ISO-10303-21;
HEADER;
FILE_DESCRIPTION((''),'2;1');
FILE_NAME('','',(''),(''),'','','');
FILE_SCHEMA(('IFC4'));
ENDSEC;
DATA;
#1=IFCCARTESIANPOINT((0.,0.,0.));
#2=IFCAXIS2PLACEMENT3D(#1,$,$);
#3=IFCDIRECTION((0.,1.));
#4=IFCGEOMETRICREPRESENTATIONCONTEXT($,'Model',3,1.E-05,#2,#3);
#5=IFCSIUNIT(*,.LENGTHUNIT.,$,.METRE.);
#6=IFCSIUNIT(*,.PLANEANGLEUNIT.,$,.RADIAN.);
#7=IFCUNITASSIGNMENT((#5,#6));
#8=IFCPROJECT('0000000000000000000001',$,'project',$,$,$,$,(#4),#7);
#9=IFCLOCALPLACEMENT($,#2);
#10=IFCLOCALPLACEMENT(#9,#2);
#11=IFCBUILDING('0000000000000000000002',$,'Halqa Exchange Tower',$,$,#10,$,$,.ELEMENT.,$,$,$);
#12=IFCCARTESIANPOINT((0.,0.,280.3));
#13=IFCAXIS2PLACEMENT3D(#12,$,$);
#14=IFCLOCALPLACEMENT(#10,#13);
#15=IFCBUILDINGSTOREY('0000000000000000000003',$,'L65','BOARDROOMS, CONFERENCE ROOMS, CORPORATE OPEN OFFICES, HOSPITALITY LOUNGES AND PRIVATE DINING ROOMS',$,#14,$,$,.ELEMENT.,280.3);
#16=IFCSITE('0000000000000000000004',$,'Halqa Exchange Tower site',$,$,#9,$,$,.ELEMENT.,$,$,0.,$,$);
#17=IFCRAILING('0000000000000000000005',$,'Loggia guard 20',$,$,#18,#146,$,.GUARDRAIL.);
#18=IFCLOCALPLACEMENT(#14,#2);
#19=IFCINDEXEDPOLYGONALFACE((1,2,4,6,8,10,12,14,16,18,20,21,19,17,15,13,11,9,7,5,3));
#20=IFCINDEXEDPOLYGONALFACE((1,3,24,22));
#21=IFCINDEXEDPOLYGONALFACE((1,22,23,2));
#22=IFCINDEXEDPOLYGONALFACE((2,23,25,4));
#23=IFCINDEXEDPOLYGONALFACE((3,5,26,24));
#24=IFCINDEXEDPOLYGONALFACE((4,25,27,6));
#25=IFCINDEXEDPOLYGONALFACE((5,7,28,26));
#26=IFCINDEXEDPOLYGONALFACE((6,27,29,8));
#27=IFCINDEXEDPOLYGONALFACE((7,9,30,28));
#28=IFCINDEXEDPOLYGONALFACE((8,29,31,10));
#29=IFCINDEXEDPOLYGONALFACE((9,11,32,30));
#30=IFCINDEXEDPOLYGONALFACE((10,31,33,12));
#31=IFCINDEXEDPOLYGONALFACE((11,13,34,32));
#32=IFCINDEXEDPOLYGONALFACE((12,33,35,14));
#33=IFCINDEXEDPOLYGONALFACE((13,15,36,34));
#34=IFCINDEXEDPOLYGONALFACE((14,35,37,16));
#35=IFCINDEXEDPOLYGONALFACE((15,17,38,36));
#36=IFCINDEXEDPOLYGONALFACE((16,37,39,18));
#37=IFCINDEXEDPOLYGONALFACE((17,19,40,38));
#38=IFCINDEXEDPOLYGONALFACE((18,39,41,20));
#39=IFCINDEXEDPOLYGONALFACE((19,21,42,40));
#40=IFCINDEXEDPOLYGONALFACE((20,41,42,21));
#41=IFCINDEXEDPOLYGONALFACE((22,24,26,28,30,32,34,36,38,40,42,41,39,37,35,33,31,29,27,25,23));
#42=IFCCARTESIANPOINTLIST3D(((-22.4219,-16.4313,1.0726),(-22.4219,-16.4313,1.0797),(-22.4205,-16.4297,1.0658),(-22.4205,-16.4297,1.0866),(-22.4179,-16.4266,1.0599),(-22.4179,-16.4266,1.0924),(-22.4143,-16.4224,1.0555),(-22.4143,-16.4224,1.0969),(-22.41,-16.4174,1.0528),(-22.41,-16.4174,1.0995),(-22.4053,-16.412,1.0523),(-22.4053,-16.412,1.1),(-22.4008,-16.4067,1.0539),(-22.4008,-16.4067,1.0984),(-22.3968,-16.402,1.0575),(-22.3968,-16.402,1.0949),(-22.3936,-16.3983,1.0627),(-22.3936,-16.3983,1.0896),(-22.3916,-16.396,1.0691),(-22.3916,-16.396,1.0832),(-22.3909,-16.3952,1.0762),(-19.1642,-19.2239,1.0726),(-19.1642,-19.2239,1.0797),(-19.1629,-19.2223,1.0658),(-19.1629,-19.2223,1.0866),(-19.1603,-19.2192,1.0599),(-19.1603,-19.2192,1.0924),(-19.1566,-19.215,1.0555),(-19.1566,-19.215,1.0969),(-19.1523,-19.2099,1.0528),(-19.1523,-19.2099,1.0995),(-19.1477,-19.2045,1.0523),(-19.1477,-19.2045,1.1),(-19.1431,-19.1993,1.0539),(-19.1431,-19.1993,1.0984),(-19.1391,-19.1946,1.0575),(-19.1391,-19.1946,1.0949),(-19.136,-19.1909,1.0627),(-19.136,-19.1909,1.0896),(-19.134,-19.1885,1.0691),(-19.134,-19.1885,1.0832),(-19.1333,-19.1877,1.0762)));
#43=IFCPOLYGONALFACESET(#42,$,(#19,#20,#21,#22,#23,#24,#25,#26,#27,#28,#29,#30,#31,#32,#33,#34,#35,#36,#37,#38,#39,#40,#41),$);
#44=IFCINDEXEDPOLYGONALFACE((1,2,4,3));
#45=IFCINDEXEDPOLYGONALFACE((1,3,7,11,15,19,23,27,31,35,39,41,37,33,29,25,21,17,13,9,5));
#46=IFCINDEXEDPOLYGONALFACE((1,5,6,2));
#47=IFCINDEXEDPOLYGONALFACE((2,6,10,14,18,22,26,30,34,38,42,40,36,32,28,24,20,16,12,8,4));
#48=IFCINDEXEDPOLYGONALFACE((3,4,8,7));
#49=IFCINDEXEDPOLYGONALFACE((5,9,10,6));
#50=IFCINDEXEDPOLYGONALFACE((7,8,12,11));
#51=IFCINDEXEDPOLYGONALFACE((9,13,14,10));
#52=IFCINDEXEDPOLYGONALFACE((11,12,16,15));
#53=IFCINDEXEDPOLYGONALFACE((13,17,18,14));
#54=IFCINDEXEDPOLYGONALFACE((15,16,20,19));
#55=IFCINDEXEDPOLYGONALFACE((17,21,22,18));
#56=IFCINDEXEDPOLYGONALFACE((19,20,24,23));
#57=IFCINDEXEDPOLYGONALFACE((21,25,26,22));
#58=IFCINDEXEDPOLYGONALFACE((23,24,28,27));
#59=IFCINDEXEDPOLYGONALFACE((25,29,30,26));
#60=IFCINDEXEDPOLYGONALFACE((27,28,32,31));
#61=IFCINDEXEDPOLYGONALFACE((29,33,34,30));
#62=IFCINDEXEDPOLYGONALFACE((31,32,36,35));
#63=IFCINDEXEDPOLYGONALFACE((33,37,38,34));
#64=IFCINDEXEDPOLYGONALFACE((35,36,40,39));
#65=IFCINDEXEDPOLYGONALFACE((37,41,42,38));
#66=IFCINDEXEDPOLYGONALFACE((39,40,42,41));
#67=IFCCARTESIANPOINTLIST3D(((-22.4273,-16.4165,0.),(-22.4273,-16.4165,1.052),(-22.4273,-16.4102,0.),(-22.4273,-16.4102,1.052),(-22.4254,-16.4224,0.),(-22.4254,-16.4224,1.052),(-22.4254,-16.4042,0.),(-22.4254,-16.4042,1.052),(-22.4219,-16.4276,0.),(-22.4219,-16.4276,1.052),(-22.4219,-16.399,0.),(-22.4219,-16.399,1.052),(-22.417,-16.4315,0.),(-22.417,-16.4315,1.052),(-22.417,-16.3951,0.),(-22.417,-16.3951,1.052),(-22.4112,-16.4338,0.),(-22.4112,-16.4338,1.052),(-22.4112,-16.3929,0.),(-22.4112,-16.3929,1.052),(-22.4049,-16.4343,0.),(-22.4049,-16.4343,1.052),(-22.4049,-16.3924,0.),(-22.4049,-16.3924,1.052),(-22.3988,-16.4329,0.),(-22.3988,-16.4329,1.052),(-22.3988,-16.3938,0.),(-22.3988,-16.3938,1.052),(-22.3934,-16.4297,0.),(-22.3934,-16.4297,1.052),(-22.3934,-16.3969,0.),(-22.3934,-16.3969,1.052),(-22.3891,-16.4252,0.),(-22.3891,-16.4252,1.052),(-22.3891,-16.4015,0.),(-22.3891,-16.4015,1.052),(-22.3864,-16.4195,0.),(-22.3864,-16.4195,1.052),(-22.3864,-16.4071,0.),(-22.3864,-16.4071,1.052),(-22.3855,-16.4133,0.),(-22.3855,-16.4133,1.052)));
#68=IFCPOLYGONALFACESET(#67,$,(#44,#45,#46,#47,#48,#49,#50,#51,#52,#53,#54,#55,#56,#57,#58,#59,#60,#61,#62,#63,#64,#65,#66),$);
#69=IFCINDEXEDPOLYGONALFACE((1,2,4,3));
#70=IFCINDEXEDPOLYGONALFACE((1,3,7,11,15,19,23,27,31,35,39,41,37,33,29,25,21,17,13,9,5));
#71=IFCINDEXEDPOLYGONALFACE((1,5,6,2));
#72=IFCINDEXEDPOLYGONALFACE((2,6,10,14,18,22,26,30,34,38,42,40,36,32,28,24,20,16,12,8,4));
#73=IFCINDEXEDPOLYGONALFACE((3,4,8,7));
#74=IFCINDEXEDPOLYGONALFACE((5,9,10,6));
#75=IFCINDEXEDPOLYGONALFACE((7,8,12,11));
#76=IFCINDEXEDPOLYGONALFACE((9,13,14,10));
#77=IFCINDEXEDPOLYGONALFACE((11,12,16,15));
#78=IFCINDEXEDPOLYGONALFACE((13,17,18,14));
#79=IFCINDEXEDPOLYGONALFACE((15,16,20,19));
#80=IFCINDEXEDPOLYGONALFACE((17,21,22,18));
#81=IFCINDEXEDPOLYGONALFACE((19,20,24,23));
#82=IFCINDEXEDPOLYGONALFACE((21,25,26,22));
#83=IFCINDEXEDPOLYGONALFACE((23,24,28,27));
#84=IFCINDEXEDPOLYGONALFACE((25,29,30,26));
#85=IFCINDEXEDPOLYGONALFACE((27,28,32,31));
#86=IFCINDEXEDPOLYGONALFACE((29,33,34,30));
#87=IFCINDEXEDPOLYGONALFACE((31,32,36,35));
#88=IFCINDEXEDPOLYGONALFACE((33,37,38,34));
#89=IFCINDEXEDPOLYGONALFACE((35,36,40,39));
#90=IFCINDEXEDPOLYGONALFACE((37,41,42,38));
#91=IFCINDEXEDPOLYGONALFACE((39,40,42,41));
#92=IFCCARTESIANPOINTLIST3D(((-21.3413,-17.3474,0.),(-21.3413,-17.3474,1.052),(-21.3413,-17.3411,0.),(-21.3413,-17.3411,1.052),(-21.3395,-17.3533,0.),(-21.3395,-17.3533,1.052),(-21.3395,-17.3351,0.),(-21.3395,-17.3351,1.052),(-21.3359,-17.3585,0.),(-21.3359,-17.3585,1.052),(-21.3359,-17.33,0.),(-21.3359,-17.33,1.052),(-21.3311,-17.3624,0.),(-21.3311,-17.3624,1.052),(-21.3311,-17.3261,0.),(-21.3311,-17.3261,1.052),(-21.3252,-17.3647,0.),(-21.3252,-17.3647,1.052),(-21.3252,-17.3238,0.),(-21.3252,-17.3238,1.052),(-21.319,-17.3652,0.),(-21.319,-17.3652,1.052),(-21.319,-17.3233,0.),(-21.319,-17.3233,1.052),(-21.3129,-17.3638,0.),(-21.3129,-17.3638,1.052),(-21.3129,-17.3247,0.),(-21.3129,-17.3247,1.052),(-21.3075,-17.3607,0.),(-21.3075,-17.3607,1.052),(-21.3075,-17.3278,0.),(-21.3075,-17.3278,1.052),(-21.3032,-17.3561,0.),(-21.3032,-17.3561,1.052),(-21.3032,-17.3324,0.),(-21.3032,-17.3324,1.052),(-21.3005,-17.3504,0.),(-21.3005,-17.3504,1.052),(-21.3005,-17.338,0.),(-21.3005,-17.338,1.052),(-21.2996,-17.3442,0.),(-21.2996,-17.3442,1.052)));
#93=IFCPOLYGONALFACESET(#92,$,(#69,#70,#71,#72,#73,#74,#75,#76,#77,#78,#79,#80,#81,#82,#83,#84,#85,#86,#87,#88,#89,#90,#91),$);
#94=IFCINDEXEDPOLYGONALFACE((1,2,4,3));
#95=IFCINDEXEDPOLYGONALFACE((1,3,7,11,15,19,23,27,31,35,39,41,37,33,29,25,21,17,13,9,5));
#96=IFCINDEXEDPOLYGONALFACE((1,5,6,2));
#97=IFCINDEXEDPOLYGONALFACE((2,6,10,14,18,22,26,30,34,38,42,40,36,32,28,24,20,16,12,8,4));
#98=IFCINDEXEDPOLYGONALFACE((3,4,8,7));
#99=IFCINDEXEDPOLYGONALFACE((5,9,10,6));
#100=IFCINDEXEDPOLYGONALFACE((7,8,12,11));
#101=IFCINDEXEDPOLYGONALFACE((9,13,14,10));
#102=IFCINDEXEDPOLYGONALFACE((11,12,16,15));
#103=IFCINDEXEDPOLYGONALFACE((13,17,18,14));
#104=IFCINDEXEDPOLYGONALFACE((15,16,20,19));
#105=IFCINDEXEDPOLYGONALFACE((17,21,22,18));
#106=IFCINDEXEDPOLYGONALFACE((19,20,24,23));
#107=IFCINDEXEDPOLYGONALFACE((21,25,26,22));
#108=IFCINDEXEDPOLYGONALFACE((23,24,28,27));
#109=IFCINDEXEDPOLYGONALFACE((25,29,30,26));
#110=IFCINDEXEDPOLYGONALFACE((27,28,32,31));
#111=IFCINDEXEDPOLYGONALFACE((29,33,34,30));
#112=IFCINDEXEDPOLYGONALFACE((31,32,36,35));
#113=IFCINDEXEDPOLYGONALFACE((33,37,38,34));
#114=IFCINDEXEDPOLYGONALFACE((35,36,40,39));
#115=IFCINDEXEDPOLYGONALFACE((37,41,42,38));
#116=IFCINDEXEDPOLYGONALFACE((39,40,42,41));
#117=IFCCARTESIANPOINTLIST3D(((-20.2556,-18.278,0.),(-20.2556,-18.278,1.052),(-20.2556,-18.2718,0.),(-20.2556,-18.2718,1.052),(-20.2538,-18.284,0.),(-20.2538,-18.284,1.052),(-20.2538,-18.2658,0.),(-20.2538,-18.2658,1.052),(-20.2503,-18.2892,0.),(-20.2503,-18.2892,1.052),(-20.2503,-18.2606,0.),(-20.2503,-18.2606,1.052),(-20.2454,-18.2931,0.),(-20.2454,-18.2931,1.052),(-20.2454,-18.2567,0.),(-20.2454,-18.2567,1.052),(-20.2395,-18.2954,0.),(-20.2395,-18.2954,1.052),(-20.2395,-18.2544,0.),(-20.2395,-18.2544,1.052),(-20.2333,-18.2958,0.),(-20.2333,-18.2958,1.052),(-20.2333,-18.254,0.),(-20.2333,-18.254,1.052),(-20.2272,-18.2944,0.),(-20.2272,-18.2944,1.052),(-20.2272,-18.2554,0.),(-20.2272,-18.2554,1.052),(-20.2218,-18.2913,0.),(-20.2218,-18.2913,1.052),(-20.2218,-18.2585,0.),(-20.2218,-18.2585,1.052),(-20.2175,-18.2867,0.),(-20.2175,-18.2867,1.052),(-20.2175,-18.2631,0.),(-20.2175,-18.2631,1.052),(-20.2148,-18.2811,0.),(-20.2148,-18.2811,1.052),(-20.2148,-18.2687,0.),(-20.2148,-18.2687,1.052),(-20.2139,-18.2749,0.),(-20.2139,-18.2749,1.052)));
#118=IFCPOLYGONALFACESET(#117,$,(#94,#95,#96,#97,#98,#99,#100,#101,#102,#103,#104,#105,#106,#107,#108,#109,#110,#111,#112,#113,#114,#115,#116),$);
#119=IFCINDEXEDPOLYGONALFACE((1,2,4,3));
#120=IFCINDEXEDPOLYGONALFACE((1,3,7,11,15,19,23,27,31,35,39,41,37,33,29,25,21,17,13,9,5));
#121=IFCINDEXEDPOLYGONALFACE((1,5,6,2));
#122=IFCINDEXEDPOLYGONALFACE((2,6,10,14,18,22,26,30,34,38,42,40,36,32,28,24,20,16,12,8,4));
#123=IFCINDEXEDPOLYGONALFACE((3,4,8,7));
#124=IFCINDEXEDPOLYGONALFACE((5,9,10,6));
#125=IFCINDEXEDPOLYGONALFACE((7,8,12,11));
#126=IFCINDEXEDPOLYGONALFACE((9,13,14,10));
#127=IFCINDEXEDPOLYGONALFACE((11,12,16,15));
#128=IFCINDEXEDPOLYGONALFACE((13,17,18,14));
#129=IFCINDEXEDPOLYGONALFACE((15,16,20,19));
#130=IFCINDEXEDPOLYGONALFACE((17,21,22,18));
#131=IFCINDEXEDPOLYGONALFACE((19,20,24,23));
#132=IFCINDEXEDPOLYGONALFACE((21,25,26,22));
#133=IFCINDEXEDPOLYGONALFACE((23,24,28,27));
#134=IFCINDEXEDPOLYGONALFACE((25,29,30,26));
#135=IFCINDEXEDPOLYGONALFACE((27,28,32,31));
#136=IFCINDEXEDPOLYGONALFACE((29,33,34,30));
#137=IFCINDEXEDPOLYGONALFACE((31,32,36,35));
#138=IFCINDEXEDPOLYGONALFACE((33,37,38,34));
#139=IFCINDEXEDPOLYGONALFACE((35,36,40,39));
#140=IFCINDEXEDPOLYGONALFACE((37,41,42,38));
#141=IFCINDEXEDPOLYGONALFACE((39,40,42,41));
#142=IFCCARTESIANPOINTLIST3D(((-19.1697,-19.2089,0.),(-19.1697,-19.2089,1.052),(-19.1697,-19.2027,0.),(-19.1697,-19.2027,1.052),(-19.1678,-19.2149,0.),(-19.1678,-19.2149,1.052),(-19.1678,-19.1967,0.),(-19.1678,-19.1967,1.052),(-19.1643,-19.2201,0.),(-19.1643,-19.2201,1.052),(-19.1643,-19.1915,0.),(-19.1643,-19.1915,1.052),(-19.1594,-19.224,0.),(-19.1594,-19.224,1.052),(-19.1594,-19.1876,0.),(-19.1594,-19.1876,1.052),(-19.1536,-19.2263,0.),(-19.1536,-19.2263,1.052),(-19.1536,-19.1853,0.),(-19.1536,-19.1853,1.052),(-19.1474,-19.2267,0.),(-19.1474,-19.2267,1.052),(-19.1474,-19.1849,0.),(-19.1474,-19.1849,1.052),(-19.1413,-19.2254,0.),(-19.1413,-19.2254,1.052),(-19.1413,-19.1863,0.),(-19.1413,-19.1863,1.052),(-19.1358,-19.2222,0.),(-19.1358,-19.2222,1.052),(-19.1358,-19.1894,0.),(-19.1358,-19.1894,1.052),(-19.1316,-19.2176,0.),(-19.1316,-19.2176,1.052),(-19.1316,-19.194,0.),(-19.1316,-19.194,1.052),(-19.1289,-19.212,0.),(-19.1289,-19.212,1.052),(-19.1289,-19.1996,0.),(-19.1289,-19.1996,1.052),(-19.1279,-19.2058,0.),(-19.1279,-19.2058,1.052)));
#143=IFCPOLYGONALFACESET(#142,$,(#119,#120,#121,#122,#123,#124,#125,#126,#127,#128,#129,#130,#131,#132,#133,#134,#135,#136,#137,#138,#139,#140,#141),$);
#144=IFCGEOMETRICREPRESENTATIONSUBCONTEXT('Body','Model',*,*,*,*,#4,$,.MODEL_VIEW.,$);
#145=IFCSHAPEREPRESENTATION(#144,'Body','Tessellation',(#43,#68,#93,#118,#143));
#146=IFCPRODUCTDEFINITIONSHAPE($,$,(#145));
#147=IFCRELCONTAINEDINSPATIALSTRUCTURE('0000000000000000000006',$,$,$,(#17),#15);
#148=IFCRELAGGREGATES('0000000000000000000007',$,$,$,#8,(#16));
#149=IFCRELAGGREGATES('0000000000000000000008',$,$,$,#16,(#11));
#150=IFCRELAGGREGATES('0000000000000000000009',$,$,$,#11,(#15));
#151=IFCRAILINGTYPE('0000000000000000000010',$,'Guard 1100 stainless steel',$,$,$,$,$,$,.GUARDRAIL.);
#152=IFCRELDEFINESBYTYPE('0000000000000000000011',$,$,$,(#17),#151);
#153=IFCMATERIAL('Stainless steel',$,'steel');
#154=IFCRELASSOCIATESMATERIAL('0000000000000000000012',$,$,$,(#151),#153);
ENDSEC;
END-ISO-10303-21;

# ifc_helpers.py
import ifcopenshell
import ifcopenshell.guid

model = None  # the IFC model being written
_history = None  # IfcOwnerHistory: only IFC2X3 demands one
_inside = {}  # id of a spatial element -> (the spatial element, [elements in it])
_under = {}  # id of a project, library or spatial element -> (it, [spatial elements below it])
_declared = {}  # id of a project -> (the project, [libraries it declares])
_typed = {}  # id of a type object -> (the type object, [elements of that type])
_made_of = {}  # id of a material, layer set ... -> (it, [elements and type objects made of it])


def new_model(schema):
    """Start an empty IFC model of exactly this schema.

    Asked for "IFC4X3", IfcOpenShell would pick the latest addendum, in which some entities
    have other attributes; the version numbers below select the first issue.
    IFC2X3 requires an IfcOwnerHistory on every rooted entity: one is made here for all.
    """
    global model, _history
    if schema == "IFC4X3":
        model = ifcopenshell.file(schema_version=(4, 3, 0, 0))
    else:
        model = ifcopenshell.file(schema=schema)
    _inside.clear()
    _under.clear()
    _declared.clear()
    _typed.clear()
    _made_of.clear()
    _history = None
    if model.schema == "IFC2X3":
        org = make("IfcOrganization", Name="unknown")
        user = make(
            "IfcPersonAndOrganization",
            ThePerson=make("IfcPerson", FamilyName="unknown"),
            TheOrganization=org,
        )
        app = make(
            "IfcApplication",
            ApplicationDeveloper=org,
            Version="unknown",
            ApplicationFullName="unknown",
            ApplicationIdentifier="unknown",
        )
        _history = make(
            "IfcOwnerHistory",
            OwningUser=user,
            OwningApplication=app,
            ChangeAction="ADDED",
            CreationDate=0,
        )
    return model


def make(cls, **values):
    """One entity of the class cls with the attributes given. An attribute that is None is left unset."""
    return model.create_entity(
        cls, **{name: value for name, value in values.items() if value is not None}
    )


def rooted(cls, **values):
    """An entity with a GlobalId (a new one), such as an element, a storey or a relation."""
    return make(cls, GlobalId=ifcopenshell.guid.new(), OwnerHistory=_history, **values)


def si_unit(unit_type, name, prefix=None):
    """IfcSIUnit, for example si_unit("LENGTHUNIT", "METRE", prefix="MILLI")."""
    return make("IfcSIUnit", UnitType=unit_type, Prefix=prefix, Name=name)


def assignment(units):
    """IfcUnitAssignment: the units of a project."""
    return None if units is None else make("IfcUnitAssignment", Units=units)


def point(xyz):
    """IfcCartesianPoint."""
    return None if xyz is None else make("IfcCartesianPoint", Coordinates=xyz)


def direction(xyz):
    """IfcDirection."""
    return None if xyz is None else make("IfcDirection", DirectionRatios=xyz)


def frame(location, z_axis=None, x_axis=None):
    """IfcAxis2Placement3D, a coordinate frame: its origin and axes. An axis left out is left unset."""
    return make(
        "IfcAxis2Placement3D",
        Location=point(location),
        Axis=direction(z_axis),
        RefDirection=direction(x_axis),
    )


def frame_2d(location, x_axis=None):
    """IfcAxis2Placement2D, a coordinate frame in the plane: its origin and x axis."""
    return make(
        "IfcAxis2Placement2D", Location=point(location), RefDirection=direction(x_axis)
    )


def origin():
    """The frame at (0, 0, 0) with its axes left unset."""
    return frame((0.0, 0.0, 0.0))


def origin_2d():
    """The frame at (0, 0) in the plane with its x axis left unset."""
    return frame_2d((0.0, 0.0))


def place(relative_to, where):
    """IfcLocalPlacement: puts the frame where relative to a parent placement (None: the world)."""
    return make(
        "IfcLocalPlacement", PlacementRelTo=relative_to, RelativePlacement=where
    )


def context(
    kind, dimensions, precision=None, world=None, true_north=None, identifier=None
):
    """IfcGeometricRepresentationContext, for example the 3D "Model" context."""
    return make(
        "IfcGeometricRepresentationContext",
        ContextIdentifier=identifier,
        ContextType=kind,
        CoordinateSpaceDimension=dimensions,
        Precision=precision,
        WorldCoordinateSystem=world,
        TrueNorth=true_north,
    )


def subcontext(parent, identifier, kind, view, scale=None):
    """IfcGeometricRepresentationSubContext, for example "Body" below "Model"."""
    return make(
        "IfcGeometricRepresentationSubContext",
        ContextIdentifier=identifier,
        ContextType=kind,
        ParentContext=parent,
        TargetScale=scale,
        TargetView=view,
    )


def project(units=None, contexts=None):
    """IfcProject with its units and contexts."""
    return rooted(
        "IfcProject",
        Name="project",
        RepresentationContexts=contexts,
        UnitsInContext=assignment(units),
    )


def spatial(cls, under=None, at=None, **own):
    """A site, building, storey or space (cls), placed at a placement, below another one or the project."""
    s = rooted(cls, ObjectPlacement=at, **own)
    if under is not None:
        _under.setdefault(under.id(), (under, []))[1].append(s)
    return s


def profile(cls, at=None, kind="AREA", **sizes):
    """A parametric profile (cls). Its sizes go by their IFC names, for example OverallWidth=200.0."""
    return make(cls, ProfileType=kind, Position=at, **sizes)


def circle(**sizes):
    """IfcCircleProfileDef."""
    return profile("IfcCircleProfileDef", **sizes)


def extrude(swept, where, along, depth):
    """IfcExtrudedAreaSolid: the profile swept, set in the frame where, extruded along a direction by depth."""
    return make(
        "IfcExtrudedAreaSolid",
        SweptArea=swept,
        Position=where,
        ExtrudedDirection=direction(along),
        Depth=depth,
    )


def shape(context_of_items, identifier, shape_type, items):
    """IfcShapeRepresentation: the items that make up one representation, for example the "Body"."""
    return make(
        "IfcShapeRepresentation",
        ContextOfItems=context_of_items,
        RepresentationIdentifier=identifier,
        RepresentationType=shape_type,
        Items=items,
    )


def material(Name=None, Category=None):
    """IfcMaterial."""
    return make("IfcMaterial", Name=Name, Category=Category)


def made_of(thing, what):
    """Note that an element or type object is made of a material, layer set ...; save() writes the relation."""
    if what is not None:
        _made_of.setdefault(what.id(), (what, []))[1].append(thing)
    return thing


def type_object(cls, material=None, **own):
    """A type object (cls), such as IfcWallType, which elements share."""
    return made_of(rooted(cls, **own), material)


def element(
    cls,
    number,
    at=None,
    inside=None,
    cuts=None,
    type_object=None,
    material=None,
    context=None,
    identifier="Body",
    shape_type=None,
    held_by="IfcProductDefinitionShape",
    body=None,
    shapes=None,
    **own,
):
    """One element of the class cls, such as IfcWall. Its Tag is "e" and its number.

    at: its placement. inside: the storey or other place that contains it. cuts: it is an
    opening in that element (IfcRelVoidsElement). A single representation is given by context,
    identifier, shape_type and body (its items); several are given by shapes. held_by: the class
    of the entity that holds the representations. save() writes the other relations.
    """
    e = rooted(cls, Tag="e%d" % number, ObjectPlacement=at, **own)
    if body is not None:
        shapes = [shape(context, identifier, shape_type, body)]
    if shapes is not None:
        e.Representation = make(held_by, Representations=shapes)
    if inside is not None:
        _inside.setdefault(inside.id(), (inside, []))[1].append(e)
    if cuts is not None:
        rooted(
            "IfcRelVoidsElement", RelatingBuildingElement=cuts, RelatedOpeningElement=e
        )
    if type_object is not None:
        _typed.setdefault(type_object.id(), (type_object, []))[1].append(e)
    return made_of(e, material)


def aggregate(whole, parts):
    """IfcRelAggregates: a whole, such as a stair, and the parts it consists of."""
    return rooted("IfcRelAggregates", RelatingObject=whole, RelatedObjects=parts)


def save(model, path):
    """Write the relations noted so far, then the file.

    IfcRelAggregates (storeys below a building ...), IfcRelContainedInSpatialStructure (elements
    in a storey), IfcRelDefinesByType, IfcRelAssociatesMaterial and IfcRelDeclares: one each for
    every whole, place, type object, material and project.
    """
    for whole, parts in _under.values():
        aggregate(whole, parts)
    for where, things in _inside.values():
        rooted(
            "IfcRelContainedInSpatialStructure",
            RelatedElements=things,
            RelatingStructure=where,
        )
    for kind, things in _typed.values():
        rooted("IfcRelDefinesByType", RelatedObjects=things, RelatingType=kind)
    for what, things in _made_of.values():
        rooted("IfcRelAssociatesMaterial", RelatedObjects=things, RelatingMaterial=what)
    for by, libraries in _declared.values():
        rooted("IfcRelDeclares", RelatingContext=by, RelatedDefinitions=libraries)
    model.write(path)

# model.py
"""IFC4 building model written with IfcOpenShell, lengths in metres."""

from ifc_helpers import new_model, si_unit, direction, frame, origin, origin_2d, place, context, subcontext, project, spatial, circle, extrude, material, type_object, element, save


model = new_model("IFC4")

# Units and contexts
model_context = context("Model", 3, precision=1e-05, world=origin(), true_north=direction((0.0, 1.0)))
body_context = subcontext(model_context, "Body", "Model", "MODEL_VIEW")
ifc_project = project(units=[si_unit("LENGTHUNIT", "METRE"), si_unit("PLANEANGLEUNIT", "RADIAN")], contexts=[model_context])

# Site, building, storey
site_placement = place(None, origin())
site = spatial("IfcSite", under=ifc_project, at=site_placement, Name="Halqa Exchange Tower site", CompositionType="ELEMENT", RefElevation=0.0)
building_placement = place(site_placement, origin())
building = spatial("IfcBuilding", under=site, at=building_placement, Name="Halqa Exchange Tower", CompositionType="ELEMENT")
storey_placement = place(building_placement, frame((0.0, 0.0, 280.3)))
storey = spatial("IfcBuildingStorey", under=building, at=storey_placement, Name="L65", Description="BOARDROOMS, CONFERENCE ROOMS, CORPORATE OPEN OFFICES, HOSPITALITY LOUNGES AND PRIVATE DINING ROOMS", CompositionType="ELEMENT", Elevation=280.3)

# Railing
ifc_material_1 = material(Name="Stainless steel", Category="steel")
railing_type = type_object("IfcRailingType", Name="Guard 1100 stainless steel", PredefinedType="GUARDRAIL", material=ifc_material_1)
railing_1_placement = place(storey_placement, frame((-22.4065, -16.4133, 0.0)))
element("IfcRailing", 1, at=railing_1_placement, inside=storey, type_object=railing_type, Name="Loggia guard 20", PredefinedType="GUARDRAIL", context=body_context, shape_type="SweptSolid", body=[
    extrude(circle(Radius=0.0239, at=origin_2d()), frame((0.0, 0.0, 1.0762), z_axis=(0.759224, -0.650829, 0.0), x_axis=(0.650829, 0.759224, 0.0)), (0.0, 0.0, 1.0), 4.2908),
    extrude(circle(Radius=0.021, at=origin_2d()), origin(), (0.0, 0.0, 1.0), 1.052),
    extrude(circle(Radius=0.021, at=origin_2d()), frame((1.0859, -0.9309, 0.0)), (0.0, 0.0, 1.0), 1.052),
    extrude(circle(Radius=0.021, at=origin_2d()), frame((2.1716, -1.8616, 0.0)), (0.0, 0.0, 1.0), 1.052),
    extrude(circle(Radius=0.021, at=origin_2d()), frame((3.2576, -2.7925, 0.0)), (0.0, 0.0, 1.0), 1.052),
])

save(model, "model.ifc")
